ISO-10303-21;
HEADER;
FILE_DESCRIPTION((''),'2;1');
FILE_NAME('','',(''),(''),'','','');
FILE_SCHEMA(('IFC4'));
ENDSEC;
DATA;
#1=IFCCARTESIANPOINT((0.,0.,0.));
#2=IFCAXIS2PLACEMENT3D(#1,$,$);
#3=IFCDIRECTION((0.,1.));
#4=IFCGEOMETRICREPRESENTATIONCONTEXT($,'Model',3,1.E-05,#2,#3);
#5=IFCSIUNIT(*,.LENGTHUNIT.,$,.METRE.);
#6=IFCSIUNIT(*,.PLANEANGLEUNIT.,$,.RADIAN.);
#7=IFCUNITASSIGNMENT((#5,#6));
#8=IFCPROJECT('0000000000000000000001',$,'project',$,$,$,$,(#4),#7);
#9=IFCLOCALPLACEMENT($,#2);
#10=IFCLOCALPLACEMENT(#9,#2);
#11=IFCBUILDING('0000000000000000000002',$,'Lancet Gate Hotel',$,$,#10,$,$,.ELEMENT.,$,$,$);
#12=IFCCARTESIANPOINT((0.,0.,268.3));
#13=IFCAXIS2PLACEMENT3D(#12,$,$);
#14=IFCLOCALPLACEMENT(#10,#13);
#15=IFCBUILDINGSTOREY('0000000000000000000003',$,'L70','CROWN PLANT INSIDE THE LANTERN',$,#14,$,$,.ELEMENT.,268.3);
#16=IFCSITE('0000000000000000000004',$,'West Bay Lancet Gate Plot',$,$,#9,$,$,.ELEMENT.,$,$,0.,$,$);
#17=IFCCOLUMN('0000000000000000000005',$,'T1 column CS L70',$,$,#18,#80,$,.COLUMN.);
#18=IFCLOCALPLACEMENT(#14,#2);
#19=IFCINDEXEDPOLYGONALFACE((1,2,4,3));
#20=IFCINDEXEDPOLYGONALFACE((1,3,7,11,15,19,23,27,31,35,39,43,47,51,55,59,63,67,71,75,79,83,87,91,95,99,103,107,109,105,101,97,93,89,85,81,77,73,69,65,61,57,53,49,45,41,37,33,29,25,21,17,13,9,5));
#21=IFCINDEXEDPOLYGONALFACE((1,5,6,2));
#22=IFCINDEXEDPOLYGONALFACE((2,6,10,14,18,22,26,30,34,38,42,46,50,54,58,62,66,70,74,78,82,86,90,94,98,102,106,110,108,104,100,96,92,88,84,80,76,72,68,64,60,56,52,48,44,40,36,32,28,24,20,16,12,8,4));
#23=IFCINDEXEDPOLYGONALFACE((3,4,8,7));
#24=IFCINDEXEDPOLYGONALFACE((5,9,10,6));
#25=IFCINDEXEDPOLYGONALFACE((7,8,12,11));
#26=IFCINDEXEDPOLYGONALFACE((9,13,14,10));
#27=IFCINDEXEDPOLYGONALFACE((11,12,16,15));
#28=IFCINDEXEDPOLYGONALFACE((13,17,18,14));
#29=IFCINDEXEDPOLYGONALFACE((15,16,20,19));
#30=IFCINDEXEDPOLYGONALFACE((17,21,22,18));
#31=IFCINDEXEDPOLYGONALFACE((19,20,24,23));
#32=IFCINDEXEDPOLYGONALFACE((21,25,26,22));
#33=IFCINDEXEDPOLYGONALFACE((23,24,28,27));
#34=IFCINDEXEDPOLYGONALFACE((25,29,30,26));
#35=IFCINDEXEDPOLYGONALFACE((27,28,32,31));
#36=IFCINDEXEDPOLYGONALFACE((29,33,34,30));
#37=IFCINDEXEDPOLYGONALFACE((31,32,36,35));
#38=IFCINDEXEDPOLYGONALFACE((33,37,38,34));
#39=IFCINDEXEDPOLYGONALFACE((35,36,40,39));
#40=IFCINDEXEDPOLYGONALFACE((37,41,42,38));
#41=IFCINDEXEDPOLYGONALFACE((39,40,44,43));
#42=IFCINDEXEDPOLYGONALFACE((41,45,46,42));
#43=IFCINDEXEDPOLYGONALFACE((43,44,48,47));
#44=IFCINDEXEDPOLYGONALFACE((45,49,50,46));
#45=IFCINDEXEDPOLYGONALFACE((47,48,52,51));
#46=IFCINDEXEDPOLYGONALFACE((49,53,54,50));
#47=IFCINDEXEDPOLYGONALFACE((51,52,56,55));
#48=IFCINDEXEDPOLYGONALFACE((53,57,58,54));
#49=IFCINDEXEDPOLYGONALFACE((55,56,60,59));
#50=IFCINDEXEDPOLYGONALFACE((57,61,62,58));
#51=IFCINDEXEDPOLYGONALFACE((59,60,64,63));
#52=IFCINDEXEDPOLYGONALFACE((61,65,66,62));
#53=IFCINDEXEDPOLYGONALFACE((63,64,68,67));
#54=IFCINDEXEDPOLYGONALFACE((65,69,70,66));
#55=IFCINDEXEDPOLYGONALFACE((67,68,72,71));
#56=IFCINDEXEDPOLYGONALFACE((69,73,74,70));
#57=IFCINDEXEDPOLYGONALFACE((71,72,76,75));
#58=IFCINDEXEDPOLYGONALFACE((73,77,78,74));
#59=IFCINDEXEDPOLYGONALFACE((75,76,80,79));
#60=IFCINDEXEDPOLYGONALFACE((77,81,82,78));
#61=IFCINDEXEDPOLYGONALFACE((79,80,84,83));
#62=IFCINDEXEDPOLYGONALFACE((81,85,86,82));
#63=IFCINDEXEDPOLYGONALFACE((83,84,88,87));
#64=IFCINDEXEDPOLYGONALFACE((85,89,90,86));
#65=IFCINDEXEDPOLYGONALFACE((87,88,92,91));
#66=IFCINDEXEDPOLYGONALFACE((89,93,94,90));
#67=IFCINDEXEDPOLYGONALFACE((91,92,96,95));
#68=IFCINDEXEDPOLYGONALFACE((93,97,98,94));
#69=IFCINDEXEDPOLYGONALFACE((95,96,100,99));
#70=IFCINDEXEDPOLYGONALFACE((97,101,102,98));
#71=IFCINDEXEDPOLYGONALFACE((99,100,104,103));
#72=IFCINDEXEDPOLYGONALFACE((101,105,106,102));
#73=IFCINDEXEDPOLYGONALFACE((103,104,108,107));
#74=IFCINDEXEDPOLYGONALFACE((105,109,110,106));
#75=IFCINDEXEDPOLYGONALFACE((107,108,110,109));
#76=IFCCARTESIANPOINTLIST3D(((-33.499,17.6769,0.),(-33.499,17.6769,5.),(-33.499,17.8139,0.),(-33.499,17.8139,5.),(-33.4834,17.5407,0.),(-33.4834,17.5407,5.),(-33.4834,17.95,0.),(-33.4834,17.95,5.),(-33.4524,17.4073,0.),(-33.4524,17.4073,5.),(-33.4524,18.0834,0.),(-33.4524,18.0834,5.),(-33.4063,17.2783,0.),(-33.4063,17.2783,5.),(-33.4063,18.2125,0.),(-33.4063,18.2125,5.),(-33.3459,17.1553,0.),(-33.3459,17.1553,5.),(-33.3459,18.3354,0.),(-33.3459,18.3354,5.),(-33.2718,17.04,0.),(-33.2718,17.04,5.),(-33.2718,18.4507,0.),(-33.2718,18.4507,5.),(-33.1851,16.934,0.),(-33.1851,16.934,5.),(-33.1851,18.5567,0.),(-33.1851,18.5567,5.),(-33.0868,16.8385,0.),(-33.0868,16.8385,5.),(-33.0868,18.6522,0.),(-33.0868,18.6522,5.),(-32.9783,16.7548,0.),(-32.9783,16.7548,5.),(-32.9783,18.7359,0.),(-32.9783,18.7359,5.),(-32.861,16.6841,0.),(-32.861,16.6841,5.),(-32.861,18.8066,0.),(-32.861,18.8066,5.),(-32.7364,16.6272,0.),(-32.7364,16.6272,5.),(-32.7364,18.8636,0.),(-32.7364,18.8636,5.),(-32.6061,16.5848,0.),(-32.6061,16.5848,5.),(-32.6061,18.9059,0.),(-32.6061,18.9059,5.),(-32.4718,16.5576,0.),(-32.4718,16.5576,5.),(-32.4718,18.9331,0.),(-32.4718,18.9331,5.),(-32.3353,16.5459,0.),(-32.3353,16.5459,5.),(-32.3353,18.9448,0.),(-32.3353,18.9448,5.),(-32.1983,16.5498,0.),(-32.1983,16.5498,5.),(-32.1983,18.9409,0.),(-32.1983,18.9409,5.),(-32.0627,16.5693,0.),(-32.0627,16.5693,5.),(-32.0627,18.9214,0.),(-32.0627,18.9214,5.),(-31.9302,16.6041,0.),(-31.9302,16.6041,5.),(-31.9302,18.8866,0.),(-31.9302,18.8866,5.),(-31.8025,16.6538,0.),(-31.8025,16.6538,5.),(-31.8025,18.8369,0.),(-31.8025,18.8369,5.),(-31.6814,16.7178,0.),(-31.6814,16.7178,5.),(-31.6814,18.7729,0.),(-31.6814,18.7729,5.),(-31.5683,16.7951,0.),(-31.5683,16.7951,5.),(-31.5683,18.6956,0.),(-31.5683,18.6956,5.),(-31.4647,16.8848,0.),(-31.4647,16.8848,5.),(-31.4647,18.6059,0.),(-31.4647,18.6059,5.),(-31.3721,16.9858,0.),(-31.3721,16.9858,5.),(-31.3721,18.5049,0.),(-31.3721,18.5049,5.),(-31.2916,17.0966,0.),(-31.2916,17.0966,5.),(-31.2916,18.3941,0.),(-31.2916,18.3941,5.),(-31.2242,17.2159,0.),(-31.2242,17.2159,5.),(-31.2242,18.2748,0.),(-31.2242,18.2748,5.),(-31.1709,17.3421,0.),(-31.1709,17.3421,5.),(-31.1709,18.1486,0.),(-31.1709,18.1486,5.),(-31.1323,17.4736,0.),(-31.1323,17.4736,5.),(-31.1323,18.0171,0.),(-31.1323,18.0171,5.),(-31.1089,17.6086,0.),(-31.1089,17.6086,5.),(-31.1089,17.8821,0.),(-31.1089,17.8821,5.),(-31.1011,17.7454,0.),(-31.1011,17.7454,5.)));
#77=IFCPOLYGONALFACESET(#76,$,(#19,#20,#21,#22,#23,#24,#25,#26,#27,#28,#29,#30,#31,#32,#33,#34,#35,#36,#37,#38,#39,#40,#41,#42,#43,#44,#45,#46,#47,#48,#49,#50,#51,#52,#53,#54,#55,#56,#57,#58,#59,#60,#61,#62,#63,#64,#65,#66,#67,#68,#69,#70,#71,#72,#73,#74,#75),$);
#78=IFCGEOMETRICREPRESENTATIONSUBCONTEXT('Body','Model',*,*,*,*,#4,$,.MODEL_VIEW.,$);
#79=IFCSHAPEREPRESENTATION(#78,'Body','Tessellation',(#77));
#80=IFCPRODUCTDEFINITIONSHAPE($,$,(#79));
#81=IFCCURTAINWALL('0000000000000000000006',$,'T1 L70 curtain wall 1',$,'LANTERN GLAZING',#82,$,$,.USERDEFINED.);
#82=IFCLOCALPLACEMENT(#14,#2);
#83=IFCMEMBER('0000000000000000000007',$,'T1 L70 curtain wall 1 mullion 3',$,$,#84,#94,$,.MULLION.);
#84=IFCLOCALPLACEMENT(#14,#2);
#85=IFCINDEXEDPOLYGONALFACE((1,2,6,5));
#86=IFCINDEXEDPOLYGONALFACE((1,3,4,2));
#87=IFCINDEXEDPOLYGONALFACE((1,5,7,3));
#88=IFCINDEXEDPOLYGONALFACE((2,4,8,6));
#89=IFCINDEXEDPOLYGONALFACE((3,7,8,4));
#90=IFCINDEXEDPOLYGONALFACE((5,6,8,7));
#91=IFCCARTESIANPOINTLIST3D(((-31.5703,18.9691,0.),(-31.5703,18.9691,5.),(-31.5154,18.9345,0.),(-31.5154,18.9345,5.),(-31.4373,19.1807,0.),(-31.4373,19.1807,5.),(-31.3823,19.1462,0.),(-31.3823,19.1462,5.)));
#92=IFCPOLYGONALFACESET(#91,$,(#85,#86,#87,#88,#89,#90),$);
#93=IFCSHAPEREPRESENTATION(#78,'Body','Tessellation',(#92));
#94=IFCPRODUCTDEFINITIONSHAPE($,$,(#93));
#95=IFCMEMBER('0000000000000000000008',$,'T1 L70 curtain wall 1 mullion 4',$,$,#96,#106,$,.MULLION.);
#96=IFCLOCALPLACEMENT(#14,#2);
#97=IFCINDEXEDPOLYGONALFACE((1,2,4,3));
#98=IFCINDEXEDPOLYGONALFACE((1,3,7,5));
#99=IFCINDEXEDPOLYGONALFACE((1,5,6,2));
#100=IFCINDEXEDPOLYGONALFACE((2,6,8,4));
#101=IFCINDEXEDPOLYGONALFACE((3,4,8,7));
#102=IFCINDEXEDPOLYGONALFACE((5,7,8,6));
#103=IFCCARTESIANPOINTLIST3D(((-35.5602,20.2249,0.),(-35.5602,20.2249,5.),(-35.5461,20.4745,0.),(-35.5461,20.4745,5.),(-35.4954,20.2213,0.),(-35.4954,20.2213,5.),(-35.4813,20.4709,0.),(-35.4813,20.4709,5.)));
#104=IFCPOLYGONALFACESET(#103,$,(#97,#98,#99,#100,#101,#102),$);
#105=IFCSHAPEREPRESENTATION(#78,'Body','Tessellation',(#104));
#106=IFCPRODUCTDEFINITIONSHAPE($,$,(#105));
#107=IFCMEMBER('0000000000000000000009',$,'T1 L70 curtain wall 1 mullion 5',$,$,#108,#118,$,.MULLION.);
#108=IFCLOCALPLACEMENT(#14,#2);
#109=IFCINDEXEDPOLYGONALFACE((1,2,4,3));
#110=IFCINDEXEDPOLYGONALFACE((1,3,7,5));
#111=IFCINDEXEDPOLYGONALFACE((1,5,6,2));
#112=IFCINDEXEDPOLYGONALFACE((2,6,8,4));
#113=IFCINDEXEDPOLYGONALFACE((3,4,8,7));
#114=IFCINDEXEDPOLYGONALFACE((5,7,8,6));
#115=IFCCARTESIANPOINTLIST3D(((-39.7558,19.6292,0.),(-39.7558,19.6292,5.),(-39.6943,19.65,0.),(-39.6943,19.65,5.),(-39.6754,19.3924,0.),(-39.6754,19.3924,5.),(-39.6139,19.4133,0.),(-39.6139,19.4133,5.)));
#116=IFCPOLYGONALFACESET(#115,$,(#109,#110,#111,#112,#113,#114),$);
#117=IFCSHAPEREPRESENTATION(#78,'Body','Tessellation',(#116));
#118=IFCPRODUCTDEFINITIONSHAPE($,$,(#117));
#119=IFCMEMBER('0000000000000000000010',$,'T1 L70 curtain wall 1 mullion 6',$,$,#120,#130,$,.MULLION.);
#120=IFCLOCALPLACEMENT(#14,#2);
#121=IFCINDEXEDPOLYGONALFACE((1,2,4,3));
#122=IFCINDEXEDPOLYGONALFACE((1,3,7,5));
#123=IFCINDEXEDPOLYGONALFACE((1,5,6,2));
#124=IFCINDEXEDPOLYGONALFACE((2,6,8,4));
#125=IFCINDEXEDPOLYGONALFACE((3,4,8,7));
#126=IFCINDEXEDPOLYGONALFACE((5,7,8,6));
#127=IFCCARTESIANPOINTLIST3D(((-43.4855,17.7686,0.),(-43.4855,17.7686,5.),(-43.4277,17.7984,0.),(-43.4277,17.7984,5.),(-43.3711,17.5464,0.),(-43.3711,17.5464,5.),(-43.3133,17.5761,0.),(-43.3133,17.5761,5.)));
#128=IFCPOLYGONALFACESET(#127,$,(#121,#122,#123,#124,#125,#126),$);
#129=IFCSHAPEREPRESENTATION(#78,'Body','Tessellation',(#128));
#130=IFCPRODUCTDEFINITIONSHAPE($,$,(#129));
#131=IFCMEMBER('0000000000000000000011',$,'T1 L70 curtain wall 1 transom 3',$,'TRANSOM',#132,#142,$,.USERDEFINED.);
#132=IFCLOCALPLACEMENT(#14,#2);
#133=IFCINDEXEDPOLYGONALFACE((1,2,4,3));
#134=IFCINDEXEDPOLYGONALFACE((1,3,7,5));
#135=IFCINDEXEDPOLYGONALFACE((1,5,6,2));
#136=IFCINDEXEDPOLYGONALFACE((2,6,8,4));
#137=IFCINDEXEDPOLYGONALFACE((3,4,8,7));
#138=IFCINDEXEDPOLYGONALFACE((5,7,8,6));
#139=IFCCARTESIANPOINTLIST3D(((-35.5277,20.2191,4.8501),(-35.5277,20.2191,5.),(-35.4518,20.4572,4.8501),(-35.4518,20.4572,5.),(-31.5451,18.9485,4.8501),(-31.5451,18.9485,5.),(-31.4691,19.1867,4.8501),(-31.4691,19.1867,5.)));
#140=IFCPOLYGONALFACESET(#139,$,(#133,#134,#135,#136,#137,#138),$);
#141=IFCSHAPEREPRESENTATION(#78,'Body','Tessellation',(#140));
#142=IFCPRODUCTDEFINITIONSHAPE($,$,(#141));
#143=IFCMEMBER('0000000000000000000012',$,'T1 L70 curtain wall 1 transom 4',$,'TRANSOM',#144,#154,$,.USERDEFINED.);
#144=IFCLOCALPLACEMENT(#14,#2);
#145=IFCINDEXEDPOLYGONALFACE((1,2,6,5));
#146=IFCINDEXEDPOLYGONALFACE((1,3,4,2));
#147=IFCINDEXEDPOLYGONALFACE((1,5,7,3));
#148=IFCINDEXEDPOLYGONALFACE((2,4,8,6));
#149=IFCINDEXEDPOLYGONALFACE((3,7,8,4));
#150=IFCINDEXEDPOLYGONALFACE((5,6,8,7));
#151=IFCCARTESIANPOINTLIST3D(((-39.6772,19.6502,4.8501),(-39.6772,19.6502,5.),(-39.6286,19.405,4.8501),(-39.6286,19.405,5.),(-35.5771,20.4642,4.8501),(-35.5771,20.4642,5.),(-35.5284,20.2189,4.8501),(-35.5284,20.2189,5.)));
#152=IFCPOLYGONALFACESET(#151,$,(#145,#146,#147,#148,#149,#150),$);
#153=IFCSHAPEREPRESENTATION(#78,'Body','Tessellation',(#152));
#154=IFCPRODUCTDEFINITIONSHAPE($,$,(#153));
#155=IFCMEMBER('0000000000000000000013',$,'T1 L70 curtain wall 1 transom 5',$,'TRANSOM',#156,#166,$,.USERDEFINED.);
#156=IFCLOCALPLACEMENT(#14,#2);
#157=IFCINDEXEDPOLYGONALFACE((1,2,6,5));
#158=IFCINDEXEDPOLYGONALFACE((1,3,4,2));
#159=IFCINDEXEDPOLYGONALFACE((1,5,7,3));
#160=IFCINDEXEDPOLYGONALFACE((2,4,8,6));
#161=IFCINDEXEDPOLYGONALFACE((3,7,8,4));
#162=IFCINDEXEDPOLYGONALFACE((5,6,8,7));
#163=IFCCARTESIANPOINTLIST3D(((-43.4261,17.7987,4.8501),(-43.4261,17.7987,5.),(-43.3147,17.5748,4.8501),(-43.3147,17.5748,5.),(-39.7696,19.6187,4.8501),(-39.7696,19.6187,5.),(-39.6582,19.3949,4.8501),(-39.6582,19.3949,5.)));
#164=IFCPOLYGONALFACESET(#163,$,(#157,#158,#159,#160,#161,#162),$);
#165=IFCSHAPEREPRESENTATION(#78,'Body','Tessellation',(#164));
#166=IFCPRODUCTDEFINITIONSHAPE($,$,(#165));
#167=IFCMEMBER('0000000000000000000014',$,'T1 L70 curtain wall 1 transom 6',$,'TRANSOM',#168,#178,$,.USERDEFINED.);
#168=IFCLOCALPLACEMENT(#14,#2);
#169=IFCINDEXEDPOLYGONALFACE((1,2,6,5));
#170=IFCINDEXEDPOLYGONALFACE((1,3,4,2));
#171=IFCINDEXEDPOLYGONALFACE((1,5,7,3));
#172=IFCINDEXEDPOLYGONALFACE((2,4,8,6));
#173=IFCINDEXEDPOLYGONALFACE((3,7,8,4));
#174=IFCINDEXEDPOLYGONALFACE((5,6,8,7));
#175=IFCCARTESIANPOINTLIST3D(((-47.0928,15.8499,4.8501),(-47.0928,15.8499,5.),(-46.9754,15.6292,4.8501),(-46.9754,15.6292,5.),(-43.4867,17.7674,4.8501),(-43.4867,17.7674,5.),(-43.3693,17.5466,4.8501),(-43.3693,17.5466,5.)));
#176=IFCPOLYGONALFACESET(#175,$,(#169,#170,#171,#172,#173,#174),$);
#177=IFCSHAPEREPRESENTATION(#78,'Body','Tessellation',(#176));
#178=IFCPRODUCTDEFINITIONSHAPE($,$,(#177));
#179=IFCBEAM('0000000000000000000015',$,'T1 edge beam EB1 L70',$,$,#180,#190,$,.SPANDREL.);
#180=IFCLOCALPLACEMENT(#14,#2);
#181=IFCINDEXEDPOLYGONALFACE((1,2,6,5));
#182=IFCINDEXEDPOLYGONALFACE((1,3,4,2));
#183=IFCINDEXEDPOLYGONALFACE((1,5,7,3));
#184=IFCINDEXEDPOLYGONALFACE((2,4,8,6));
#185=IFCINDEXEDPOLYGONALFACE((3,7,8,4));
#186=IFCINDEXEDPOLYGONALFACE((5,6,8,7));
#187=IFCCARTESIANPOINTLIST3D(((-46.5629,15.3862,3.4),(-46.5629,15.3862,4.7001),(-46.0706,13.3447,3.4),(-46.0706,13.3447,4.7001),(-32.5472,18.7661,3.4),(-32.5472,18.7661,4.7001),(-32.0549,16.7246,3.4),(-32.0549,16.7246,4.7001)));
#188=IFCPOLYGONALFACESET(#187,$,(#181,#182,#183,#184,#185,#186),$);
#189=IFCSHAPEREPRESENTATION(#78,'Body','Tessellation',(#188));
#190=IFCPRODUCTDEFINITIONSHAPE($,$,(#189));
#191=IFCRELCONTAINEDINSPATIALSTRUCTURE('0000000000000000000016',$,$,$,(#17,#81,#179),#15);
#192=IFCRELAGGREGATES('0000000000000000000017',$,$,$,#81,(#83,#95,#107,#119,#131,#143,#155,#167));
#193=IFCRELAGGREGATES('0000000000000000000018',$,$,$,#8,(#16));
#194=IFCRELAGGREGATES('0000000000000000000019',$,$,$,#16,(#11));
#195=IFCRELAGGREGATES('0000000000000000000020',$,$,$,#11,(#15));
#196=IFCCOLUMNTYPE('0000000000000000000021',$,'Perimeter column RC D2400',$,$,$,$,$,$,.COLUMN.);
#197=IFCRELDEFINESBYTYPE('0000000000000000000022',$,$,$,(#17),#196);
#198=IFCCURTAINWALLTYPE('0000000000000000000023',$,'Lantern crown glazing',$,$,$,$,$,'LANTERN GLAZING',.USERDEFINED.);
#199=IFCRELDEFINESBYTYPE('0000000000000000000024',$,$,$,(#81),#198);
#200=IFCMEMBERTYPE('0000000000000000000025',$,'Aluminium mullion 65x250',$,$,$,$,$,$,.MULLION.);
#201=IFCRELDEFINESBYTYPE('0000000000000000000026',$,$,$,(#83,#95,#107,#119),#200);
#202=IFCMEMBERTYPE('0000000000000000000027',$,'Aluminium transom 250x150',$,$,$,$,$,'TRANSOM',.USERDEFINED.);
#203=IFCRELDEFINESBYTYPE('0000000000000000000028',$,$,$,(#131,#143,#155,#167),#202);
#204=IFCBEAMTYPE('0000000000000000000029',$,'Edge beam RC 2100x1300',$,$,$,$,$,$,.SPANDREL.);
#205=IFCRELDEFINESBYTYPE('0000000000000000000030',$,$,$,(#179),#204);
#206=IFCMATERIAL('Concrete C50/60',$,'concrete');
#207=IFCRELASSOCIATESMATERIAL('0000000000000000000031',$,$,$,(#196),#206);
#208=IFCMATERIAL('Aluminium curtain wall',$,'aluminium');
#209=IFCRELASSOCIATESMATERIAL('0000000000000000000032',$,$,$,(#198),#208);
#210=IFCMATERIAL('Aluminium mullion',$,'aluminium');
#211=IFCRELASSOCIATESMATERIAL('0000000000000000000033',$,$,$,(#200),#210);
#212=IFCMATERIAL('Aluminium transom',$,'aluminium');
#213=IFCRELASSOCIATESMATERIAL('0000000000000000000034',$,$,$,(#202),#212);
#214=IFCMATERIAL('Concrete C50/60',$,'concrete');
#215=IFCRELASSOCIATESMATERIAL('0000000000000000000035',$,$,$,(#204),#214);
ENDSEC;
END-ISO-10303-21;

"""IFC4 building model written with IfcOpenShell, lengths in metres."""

from ifc_helpers import new_model, si_unit, direction, frame, origin, origin_2d, place, context, subcontext, project, spatial, rectangle, circle, extrude, material, material_profile, profile_set, type_object, element, aggregate, save


model = new_model("IFC4")

# Units and contexts
model_context = context("Model", 3, precision=1e-05, world=origin(), true_north=direction((0.0, 1.0)))
body_context = subcontext(model_context, "Body", "Model", "MODEL_VIEW")
ifc_project = project(units=[si_unit("LENGTHUNIT", "METRE"), si_unit("PLANEANGLEUNIT", "RADIAN")], contexts=[model_context])

# Site, building, storey
site_placement = place(None, origin())
site = spatial("IfcSite", under=ifc_project, at=site_placement, Name="West Bay Lancet Gate Plot", CompositionType="ELEMENT", RefElevation=0.0)
building_placement = place(site_placement, origin())
building = spatial("IfcBuilding", under=site, at=building_placement, Name="Lancet Gate Hotel", CompositionType="ELEMENT")
storey_placement = place(building_placement, frame((0.0, 0.0, 268.3)))
storey = spatial("IfcBuildingStorey", under=building, at=storey_placement, Name="L70", Description="CROWN PLANT INSIDE THE LANTERN", CompositionType="ELEMENT", Elevation=268.3)

# Column
ifc_material_1 = material(Name="Concrete C50/60", Category="concrete")
ifc_material_profile_1 = material_profile(ifc_material_1, circle(Radius=1.2, at=origin_2d()), Name="RC D2400")
ifc_profile_set_1 = profile_set([ifc_material_profile_1], Name="Concrete C50/60")
column_type = type_object("IfcColumnType", Name="Perimeter column RC D2400", PredefinedType="COLUMN", material=ifc_profile_set_1)
column_placement = place(storey_placement, frame((-32.301, 17.7454, 0.0), z_axis=(0.0, 0.0, 1.0), x_axis=(1.0, 0.0, 0.0)))
element("IfcColumn", 1, at=column_placement, inside=storey, type_object=column_type, Name="T1 column CS L70", PredefinedType="COLUMN", context=body_context, shape_type="SweptSolid", body=[
    extrude(circle(Radius=1.2, at=origin_2d()), origin(), (0.0, 0.0, 1.0), 5.0),
])

# Curtain wall, members
ifc_material_2 = material(Name="Aluminium curtain wall", Category="aluminium")
curtain_wall_type_1 = type_object("IfcCurtainWallType", Name="Lantern crown glazing", ElementType="LANTERN GLAZING", PredefinedType="USERDEFINED", material=ifc_material_2)
curtain_wall_1_placement = place(storey_placement, origin())
curtain_wall_1 = element("IfcCurtainWall", 2, at=curtain_wall_1_placement, inside=storey, type_object=curtain_wall_type_1, Name="T1 L70 curtain wall 1", ObjectType="LANTERN GLAZING", PredefinedType="USERDEFINED")
ifc_material_3 = material(Name="Aluminium mullion", Category="aluminium")
ifc_material_profile_2 = material_profile(ifc_material_3, rectangle(XDim=0.0649, YDim=0.25, at=origin_2d()), Name="MULLION 65x250")
ifc_profile_set_2 = profile_set([ifc_material_profile_2], Name="Aluminium mullion")
member_type_1 = type_object("IfcMemberType", Name="Aluminium mullion 65x250", PredefinedType="MULLION", material=ifc_profile_set_2)
member_1_placement = place(storey_placement, frame((-31.4763, 19.0576, 0.0), z_axis=(0.0, 0.0, 1.0), x_axis=(-0.846613, 0.532209, 0.0)))
member_1 = element("IfcMember", 3, at=member_1_placement, type_object=member_type_1, Name="T1 L70 curtain wall 1 mullion 3", PredefinedType="MULLION", context=body_context, shape_type="SweptSolid", body=[
    extrude(rectangle(XDim=0.0649, YDim=0.25, at=origin_2d()), origin(), (0.0, 0.0, 1.0), 5.0),
])
member_2_placement = place(storey_placement, frame((-35.5208, 20.3479, 0.0), z_axis=(0.0, 0.0, 1.0), x_axis=(-0.998409, 0.056384, 0.0)))
member_2 = element("IfcMember", 4, at=member_2_placement, type_object=member_type_1, Name="T1 L70 curtain wall 1 mullion 4", PredefinedType="MULLION", context=body_context, shape_type="SweptSolid", body=[
    extrude(rectangle(XDim=0.0649, YDim=0.25, at=origin_2d()), origin(), (0.0, 0.0, 1.0), 5.0),
])
member_3_placement = place(storey_placement, frame((-39.6848, 19.5212, 0.0), z_axis=(0.0, 0.0, 1.0), x_axis=(-0.946888, -0.321564, 0.0)))
member_3 = element("IfcMember", 5, at=member_3_placement, type_object=member_type_1, Name="T1 L70 curtain wall 1 mullion 5", PredefinedType="MULLION", context=body_context, shape_type="SweptSolid", body=[
    extrude(rectangle(XDim=0.0649, YDim=0.25, at=origin_2d()), origin(), (0.0, 0.0, 1.0), 5.0),
])
member_4_placement = place(storey_placement, frame((-43.3994, 17.6724, 0.0), z_axis=(0.0, 0.0, 1.0), x_axis=(-0.889156, -0.457605, 0.0)))
member_4 = element("IfcMember", 6, at=member_4_placement, type_object=member_type_1, Name="T1 L70 curtain wall 1 mullion 6", PredefinedType="MULLION", context=body_context, shape_type="SweptSolid", body=[
    extrude(rectangle(XDim=0.0649, YDim=0.25, at=origin_2d()), origin(), (0.0, 0.0, 1.0), 5.0),
])
ifc_material_4 = material(Name="Aluminium transom", Category="aluminium")
ifc_material_profile_3 = material_profile(ifc_material_4, rectangle(XDim=0.25, YDim=0.1499, at=origin_2d()), Name="TRANSOM 250x150")
ifc_profile_set_3 = profile_set([ifc_material_profile_3], Name="Aluminium transom")
member_type_2 = type_object("IfcMemberType", Name="Aluminium transom 250x150", ElementType="TRANSOM", PredefinedType="USERDEFINED", material=ifc_profile_set_3)
member_5_placement = place(storey_placement, frame((-31.5071, 19.0676, 4.925), z_axis=(-0.952698, 0.30392, 0.0), x_axis=(-0.30392, -0.952698, 0.0)))
member_5 = element("IfcMember", 7, at=member_5_placement, type_object=member_type_2, Name="T1 L70 curtain wall 1 transom 3", ObjectType="TRANSOM", PredefinedType="USERDEFINED", context=body_context, shape_type="SweptSolid", body=[
    extrude(rectangle(XDim=0.25, YDim=0.1499, at=origin_2d()), origin(), (0.0, 0.0, 1.0), 4.1804),
])
member_6_placement = place(storey_placement, frame((-35.5527, 20.3416, 4.925), z_axis=(-0.980858, -0.194723, 0.0), x_axis=(0.194723, -0.980858, 0.0)))
member_6 = element("IfcMember", 8, at=member_6_placement, type_object=member_type_2, Name="T1 L70 curtain wall 1 transom 4", ObjectType="TRANSOM", PredefinedType="USERDEFINED", context=body_context, shape_type="SweptSolid", body=[
    extrude(rectangle(XDim=0.25, YDim=0.1499, at=origin_2d()), origin(), (0.0, 0.0, 1.0), 4.1802),
])
member_7_placement = place(storey_placement, frame((-39.7139, 19.5068, 4.925), z_axis=(-0.895227, -0.445611, 0.0), x_axis=(0.445611, -0.895227, 0.0)))
member_7 = element("IfcMember", 9, at=member_7_placement, type_object=member_type_2, Name="T1 L70 curtain wall 1 transom 5", ObjectType="TRANSOM", PredefinedType="USERDEFINED", context=body_context, shape_type="SweptSolid", body=[
    extrude(rectangle(XDim=0.25, YDim=0.1499, at=origin_2d()), origin(), (0.0, 0.0, 1.0), 4.0845),
])
member_8_placement = place(storey_placement, frame((-43.428, 17.657, 4.925), z_axis=(-0.882945, -0.469477, 0.0), x_axis=(0.469477, -0.882945, 0.0)))
member_8 = element("IfcMember", 10, at=member_8_placement, type_object=member_type_2, Name="T1 L70 curtain wall 1 transom 6", ObjectType="TRANSOM", PredefinedType="USERDEFINED", context=body_context, shape_type="SweptSolid", body=[
    extrude(rectangle(XDim=0.25, YDim=0.1499, at=origin_2d()), origin(), (0.0, 0.0, 1.0), 4.0842),
])

# Beam
ifc_material_5 = material(Name="Concrete C50/60", Category="concrete")
ifc_material_profile_4 = material_profile(ifc_material_5, rectangle(XDim=2.1001, YDim=1.3, at=origin_2d()), Name="RC 2100x1300")
ifc_profile_set_4 = profile_set([ifc_material_profile_4], Name="Concrete C50/60")
beam_type = type_object("IfcBeamType", Name="Edge beam RC 2100x1300", PredefinedType="SPANDREL", material=ifc_profile_set_4)
beam_1_placement = place(storey_placement, frame((-32.301, 17.7454, 4.05), z_axis=(-0.972133, -0.234431, 0.0), x_axis=(0.234431, -0.972133, 0.0)))
element("IfcBeam", 11, at=beam_1_placement, inside=storey, type_object=beam_type, Name="T1 edge beam EB1 L70", PredefinedType="SPANDREL", context=body_context, shape_type="SweptSolid", body=[
    extrude(rectangle(XDim=2.1001, YDim=1.3, at=origin_2d()), origin(), (0.0, 0.0, 1.0), 14.4175),
])

aggregate(curtain_wall_1, [member_1, member_2, member_3, member_4, member_5, member_6, member_7, member_8])

save(model, "model.ifc")
